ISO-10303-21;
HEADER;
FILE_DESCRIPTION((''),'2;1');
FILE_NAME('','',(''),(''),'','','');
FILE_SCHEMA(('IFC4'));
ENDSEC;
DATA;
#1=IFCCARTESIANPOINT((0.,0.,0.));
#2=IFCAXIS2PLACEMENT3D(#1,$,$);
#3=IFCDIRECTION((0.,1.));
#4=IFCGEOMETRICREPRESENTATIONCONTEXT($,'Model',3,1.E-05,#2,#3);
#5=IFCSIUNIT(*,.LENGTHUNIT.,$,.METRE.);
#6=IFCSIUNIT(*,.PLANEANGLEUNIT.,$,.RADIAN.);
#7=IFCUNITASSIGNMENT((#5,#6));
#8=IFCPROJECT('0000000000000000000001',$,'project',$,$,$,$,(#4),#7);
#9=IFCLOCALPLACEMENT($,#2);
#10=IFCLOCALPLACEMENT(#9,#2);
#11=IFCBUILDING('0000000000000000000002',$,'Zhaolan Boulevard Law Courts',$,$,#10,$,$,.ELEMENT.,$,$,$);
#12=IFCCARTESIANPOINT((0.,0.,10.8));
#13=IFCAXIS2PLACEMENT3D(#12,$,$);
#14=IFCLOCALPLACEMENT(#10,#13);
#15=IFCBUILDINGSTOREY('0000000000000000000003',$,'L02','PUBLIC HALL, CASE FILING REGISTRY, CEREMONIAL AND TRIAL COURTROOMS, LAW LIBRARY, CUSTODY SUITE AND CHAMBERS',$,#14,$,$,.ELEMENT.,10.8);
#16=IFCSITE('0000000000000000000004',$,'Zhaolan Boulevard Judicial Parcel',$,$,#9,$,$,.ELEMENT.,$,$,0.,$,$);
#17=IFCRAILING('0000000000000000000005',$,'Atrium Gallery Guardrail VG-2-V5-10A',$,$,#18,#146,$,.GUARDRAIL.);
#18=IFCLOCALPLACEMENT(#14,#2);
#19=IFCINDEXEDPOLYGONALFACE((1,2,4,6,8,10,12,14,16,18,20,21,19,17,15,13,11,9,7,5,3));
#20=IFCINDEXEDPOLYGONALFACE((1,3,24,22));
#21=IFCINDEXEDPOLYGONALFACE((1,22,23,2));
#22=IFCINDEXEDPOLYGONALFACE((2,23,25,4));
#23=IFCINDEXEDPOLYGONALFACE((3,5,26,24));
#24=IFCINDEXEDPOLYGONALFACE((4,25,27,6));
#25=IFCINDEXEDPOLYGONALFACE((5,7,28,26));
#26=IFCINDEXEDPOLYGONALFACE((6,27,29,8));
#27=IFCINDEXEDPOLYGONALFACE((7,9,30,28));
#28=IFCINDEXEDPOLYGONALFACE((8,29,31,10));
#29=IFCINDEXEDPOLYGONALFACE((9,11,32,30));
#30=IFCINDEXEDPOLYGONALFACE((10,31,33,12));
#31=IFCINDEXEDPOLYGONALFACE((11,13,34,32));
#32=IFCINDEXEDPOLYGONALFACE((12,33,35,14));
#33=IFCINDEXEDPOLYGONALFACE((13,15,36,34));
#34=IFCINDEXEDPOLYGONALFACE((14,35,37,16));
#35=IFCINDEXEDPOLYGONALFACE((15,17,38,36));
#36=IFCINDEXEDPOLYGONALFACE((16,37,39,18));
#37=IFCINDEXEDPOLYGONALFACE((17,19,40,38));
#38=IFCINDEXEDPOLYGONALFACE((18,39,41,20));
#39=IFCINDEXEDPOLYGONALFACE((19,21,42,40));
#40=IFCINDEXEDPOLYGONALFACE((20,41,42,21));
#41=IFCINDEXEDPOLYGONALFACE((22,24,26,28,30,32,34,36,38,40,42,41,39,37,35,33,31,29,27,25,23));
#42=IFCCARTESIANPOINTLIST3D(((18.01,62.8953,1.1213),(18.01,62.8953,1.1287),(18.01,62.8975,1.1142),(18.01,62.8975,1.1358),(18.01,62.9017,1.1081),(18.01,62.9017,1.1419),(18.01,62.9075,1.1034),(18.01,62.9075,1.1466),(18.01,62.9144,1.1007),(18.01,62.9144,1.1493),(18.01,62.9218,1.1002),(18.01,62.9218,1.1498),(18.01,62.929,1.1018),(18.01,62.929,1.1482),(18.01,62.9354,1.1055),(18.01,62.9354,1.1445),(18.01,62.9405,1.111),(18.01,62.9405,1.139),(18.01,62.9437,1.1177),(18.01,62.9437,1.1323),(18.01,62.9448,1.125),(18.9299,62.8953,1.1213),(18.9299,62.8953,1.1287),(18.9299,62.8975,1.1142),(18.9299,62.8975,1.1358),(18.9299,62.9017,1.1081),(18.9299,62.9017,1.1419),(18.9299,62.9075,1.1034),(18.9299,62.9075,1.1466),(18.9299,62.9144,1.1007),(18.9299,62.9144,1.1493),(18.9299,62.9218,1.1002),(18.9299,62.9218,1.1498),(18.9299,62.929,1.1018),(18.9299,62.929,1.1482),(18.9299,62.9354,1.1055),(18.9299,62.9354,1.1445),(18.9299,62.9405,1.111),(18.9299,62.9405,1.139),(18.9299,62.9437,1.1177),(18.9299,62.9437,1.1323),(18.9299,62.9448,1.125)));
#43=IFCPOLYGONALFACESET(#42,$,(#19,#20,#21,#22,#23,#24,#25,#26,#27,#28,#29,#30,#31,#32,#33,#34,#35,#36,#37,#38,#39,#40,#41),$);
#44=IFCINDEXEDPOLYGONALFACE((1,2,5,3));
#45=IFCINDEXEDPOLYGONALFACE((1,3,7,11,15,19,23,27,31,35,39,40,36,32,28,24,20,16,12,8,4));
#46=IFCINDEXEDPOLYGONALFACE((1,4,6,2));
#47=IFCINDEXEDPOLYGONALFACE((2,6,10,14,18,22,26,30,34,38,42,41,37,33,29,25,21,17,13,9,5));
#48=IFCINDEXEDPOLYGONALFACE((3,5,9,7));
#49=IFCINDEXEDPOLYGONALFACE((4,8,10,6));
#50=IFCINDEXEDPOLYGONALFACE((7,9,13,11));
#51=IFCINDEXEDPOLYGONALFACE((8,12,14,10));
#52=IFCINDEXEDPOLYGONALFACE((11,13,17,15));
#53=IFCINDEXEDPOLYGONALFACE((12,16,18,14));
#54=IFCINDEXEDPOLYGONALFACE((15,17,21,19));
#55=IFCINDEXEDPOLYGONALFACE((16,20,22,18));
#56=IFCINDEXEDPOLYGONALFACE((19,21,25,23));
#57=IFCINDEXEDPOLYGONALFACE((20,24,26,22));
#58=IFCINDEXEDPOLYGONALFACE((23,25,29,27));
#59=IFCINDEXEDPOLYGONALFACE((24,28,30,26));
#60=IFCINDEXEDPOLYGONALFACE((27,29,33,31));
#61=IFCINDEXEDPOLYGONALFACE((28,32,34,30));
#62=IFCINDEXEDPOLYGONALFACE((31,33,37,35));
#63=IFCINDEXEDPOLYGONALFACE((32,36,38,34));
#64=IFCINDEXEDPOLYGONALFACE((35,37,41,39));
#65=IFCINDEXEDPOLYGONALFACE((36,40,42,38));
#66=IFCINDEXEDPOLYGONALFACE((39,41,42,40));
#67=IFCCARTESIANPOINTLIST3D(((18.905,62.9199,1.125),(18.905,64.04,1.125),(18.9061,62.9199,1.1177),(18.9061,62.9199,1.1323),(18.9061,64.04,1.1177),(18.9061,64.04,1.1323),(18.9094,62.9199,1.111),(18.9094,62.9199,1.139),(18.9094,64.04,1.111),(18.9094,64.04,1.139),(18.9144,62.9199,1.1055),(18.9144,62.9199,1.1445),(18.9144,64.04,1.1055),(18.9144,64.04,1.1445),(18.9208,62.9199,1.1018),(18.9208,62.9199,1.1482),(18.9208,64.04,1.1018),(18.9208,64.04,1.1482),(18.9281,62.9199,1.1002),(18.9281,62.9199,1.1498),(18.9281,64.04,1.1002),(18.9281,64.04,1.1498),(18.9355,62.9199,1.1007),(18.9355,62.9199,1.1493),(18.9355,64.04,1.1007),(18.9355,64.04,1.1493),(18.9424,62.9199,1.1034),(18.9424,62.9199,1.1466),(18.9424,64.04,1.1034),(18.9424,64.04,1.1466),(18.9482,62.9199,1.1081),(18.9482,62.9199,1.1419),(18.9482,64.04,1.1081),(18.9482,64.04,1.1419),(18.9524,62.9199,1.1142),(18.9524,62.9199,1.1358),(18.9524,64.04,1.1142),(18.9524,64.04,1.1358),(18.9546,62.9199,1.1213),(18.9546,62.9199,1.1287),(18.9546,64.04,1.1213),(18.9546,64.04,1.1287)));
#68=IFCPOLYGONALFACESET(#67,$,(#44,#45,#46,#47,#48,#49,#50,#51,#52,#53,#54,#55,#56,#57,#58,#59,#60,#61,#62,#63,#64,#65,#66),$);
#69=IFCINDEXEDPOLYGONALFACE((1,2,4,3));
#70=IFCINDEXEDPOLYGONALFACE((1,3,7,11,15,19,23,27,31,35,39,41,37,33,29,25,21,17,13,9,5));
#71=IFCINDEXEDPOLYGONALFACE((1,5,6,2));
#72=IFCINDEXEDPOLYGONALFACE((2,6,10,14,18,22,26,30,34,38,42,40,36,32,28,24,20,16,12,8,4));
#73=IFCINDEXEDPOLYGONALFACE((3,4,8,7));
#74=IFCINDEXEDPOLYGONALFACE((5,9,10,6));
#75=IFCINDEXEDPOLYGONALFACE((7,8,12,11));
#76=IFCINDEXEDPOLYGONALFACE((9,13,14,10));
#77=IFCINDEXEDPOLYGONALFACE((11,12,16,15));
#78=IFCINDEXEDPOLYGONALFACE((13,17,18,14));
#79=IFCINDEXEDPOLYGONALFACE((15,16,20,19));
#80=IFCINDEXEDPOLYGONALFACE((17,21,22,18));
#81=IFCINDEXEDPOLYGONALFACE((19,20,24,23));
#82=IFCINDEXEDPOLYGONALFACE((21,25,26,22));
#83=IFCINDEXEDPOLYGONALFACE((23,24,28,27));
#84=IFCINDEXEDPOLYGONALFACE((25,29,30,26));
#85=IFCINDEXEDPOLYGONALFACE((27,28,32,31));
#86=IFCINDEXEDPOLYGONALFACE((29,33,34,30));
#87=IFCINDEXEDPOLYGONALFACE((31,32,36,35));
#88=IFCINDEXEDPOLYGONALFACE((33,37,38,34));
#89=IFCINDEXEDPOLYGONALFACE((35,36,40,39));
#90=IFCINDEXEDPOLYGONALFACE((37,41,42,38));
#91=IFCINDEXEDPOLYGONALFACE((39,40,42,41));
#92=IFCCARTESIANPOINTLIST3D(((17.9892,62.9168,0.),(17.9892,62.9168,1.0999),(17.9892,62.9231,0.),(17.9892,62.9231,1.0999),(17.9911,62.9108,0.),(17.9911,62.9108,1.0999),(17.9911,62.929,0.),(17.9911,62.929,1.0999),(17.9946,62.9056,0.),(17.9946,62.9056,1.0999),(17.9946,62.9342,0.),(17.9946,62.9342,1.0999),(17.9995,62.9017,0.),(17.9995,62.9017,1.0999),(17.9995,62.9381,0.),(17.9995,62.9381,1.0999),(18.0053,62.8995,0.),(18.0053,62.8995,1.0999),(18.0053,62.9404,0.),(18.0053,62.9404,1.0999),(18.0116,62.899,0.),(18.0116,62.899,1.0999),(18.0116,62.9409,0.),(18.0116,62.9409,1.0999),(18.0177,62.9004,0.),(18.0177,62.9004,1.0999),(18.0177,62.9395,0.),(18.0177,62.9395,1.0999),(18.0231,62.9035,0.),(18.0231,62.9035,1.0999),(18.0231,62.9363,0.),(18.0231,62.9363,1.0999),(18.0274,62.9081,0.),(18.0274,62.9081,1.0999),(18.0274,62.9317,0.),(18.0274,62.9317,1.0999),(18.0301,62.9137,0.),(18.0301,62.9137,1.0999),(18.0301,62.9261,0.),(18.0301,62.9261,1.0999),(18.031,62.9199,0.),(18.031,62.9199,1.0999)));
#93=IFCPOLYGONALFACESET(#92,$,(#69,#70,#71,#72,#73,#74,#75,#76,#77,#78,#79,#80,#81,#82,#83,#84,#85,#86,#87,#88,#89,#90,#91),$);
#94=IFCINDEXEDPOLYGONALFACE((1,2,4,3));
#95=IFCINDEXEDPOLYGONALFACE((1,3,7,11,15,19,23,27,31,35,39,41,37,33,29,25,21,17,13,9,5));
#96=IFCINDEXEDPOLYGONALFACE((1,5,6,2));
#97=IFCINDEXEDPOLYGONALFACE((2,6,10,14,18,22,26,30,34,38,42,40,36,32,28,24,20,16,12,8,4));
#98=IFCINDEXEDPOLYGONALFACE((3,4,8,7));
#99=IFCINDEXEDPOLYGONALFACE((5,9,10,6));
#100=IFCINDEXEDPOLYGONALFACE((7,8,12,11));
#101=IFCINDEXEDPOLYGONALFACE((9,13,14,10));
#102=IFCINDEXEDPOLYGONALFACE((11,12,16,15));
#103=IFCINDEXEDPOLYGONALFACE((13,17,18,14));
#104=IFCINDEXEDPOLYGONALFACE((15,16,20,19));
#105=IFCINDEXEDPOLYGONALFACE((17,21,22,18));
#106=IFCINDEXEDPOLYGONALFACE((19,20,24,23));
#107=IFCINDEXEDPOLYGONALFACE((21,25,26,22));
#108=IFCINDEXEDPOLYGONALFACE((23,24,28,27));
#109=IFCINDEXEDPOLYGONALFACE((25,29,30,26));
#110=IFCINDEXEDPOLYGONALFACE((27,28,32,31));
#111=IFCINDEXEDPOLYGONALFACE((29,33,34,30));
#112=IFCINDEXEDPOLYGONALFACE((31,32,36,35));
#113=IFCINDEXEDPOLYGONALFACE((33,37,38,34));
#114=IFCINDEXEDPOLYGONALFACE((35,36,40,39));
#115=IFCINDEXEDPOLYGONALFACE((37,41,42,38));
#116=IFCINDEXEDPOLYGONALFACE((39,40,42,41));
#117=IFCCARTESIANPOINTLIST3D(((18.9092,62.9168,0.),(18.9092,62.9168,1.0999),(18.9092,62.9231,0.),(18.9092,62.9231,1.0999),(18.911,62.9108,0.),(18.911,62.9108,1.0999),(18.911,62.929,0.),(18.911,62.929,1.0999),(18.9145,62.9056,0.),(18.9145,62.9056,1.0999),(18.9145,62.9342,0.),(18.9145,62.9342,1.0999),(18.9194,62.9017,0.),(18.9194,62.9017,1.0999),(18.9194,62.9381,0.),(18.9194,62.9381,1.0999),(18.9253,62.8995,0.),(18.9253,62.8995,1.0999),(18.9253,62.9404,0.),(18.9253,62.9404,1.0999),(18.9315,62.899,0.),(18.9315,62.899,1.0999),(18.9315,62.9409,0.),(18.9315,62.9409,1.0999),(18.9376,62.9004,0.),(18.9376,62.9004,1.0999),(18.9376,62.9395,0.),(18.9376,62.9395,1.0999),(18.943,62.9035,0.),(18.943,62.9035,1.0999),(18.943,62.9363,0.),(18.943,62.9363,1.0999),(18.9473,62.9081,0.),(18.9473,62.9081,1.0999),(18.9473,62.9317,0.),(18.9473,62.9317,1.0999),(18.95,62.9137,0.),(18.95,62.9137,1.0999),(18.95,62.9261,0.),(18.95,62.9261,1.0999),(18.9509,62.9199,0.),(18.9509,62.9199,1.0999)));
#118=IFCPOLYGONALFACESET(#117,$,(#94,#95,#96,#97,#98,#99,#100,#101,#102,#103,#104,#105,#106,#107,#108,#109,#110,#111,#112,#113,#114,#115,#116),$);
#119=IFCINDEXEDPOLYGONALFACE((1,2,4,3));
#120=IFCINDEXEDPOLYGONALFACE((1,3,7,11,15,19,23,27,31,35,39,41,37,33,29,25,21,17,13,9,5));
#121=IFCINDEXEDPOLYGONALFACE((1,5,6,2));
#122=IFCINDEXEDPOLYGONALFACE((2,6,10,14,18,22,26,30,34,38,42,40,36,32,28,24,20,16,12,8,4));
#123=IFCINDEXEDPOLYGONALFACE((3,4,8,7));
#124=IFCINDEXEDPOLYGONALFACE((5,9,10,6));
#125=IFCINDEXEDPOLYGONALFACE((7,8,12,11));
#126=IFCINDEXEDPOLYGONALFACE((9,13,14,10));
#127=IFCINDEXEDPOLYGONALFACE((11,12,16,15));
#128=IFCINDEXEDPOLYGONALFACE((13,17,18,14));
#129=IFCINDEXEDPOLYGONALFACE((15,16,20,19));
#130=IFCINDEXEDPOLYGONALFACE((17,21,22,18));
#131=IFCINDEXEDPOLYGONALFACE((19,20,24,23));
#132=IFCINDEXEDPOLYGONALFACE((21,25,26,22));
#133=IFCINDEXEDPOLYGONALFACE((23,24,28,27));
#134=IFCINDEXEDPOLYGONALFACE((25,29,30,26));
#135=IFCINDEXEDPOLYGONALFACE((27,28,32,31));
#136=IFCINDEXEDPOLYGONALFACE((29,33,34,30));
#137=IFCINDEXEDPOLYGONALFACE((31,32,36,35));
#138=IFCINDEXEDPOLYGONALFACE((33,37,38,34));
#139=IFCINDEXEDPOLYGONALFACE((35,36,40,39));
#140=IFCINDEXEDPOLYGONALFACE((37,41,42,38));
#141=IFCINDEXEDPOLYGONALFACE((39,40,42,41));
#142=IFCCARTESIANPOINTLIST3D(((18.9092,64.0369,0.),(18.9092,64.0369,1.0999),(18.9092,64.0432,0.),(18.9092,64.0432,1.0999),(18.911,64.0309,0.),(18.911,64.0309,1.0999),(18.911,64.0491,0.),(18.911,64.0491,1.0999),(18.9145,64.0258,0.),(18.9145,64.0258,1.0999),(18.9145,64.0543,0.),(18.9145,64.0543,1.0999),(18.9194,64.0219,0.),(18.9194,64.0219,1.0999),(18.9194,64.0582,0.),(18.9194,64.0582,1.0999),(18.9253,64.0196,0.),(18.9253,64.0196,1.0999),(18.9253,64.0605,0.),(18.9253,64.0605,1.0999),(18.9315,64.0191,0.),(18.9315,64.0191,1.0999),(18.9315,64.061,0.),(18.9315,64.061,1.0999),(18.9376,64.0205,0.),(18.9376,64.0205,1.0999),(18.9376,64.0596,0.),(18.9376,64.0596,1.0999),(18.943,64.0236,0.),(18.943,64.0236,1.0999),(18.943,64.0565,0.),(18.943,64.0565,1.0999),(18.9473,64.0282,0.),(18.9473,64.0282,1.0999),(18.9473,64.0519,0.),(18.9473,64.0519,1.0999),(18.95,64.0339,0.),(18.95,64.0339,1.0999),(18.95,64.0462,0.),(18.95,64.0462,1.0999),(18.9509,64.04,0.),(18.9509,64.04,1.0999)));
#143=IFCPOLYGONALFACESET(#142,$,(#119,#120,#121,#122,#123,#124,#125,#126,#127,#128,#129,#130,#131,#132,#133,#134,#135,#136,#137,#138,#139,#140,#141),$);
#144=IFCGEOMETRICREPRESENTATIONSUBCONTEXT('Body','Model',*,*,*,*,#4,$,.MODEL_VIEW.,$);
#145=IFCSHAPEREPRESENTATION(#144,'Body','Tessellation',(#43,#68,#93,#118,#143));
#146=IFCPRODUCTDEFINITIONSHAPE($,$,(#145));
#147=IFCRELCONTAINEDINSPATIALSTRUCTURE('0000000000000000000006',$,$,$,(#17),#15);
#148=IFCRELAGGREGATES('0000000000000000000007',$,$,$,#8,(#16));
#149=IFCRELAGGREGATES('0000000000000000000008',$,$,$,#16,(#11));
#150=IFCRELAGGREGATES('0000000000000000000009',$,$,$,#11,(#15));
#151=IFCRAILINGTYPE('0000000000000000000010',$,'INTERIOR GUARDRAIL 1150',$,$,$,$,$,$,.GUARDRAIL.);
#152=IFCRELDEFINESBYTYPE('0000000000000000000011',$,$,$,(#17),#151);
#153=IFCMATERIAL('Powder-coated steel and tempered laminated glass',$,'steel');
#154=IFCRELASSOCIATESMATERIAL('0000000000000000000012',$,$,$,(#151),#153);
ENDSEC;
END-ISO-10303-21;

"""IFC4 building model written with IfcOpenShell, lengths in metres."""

from ifc_helpers import new_model, si_unit, direction, frame, origin, origin_2d, place, context, subcontext, project, spatial, circle, extrude, material, type_object, element, save


model = new_model("IFC4")

# Units and contexts
model_context = context("Model", 3, precision=1e-05, world=origin(), true_north=direction((0.0, 1.0)))
body_context = subcontext(model_context, "Body", "Model", "MODEL_VIEW")
ifc_project = project(units=[si_unit("LENGTHUNIT", "METRE"), si_unit("PLANEANGLEUNIT", "RADIAN")], contexts=[model_context])

# Site, building, storey
site_placement = place(None, origin())
site = spatial("IfcSite", under=ifc_project, at=site_placement, Name="Zhaolan Boulevard Judicial Parcel", CompositionType="ELEMENT", RefElevation=0.0)
building_placement = place(site_placement, origin())
building = spatial("IfcBuilding", under=site, at=building_placement, Name="Zhaolan Boulevard Law Courts", CompositionType="ELEMENT")
storey_placement = place(building_placement, frame((0.0, 0.0, 10.8)))
storey = spatial("IfcBuildingStorey", under=building, at=storey_placement, Name="L02", Description="PUBLIC HALL, CASE FILING REGISTRY, CEREMONIAL AND TRIAL COURTROOMS, LAW LIBRARY, CUSTODY SUITE AND CHAMBERS", CompositionType="ELEMENT", Elevation=10.8)

# Railing
ifc_material_1 = material(Name="Powder-coated steel and tempered laminated glass", Category="steel")
railing_type_1 = type_object("IfcRailingType", Name="INTERIOR GUARDRAIL 1150", PredefinedType="GUARDRAIL", material=ifc_material_1)
railing_1_placement = place(storey_placement, frame((18.01, 62.9199, 0.0)))
element("IfcRailing", 1, at=railing_1_placement, inside=storey, type_object=railing_type_1, Name="Atrium Gallery Guardrail VG-2-V5-10A", PredefinedType="GUARDRAIL", context=body_context, shape_type="SweptSolid", body=[
    extrude(circle(Radius=0.0249, at=origin_2d()), frame((0.0, 0.0, 1.125), z_axis=(1.0, 0.0, 0.0), x_axis=(0.0, 1.0, 0.0)), (0.0, 0.0, 1.0), 0.9199),
    extrude(circle(Radius=0.0249, at=origin_2d()), frame((0.9199, 0.0, 1.125), z_axis=(0.0, 1.0, 0.0), x_axis=(-1.0, 0.0, 0.0)), (0.0, 0.0, 1.0), 1.1201),
    extrude(circle(Radius=0.021, at=origin_2d()), origin(), (0.0, 0.0, 1.0), 1.0999),
    extrude(circle(Radius=0.021, at=origin_2d()), frame((0.9199, 0.0, 0.0)), (0.0, 0.0, 1.0), 1.0999),
    extrude(circle(Radius=0.021, at=origin_2d()), frame((0.9199, 1.1201, 0.0)), (0.0, 0.0, 1.0), 1.0999),
])

save(model, "model.ifc")
